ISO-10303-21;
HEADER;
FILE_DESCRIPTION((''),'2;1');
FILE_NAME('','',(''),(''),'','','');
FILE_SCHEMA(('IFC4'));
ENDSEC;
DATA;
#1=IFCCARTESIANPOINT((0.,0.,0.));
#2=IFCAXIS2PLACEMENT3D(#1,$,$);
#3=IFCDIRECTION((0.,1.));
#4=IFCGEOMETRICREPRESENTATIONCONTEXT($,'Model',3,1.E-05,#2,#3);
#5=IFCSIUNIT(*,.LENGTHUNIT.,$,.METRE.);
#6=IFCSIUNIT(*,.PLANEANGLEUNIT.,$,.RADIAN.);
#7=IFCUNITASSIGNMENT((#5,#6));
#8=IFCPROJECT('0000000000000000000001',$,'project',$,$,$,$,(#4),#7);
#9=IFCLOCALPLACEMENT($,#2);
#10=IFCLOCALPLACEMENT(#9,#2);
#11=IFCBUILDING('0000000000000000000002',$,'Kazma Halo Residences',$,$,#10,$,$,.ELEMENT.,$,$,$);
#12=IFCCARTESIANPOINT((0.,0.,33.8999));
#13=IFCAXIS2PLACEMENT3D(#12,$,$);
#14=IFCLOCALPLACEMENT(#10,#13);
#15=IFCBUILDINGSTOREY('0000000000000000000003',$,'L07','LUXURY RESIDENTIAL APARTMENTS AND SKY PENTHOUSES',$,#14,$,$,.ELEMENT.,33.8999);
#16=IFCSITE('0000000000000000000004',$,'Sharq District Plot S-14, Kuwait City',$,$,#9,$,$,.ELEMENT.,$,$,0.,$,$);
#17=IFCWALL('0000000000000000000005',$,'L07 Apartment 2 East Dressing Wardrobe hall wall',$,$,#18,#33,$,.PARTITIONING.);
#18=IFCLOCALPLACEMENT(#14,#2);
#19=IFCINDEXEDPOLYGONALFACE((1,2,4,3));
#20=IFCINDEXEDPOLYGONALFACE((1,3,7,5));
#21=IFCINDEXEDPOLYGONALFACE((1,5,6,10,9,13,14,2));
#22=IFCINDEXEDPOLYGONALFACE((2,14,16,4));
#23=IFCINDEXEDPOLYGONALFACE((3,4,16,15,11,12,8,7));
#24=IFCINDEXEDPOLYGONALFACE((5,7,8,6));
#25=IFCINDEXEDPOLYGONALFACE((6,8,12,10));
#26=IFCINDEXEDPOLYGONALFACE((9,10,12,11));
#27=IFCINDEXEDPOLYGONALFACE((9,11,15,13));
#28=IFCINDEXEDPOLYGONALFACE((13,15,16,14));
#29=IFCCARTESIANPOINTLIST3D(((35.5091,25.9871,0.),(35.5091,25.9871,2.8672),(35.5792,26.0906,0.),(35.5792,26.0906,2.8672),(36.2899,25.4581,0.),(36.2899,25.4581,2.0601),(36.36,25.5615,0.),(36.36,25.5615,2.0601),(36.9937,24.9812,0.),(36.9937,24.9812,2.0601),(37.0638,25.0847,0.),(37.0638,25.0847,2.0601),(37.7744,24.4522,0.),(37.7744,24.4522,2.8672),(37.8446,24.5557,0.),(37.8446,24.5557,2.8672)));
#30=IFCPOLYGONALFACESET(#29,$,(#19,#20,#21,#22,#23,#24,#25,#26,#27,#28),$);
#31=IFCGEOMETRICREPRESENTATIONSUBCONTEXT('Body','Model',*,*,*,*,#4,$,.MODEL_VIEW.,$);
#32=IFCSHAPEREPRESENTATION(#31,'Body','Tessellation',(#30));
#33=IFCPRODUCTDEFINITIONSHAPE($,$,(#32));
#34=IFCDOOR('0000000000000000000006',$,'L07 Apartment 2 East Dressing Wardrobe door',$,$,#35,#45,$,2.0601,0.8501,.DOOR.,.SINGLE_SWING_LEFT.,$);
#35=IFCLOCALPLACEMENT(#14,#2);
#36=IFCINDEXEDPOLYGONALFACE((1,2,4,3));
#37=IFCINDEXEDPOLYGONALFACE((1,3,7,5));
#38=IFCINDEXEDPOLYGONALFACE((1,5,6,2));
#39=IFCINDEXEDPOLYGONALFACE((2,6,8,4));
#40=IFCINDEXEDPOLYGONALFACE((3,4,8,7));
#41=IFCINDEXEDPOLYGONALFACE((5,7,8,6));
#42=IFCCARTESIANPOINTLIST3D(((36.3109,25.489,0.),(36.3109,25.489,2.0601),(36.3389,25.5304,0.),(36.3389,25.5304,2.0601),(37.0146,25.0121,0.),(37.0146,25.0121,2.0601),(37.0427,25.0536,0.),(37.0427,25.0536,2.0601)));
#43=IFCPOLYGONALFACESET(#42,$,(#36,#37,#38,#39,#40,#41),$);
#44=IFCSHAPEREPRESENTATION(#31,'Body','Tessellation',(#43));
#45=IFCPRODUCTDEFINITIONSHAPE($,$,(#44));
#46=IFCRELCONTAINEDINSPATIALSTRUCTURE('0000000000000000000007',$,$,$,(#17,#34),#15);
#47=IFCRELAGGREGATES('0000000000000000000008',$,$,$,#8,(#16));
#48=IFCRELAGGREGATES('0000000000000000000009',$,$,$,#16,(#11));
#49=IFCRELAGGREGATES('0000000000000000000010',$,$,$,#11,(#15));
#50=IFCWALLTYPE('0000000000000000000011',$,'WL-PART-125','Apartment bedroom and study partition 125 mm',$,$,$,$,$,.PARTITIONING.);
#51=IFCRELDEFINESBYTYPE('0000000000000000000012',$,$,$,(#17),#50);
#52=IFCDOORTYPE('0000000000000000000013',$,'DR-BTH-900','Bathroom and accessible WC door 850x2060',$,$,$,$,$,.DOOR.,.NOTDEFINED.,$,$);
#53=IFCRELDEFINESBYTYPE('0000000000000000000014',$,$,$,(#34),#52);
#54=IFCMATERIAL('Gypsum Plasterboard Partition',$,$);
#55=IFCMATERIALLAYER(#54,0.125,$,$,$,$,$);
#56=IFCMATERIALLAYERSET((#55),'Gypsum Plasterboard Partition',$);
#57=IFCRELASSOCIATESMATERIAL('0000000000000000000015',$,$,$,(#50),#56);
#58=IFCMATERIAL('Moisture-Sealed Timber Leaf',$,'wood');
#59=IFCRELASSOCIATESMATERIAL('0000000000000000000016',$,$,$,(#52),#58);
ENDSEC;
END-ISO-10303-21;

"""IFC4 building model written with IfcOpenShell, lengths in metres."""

from ifc_helpers import new_model, si_unit, direction, frame, frame_2d, origin, place, context, subcontext, project, spatial, rectangle, extrude, material, layer, layer_set, type_object, element, fill, save


model = new_model("IFC4")

# Units and contexts
model_context = context("Model", 3, precision=1e-05, world=origin(), true_north=direction((0.0, 1.0)))
body_context = subcontext(model_context, "Body", "Model", "MODEL_VIEW")
ifc_project = project(units=[si_unit("LENGTHUNIT", "METRE"), si_unit("PLANEANGLEUNIT", "RADIAN")], contexts=[model_context])

# Site, building, storey
site_placement = place(None, origin())
site = spatial("IfcSite", under=ifc_project, at=site_placement, Name="Sharq District Plot S-14, Kuwait City", CompositionType="ELEMENT", RefElevation=0.0)
building_placement = place(site_placement, origin())
building = spatial("IfcBuilding", under=site, at=building_placement, Name="Kazma Halo Residences", CompositionType="ELEMENT")
storey_placement = place(building_placement, frame((0.0, 0.0, 33.8999)))
storey = spatial("IfcBuildingStorey", under=building, at=storey_placement, Name="L07", Description="LUXURY RESIDENTIAL APARTMENTS AND SKY PENTHOUSES", CompositionType="ELEMENT", Elevation=33.8999)

# Shared definitions
ifc_material_1 = material(Name="Gypsum Plasterboard Partition")
ifc_layer_1 = layer(ifc_material_1, 0.125)
ifc_layer_set_1 = layer_set([ifc_layer_1], Name="Gypsum Plasterboard Partition")
wall_type_1 = type_object("IfcWallType", Name="WL-PART-125", Description="Apartment bedroom and study partition 125 mm", PredefinedType="PARTITIONING", material=ifc_layer_set_1)

# Shared definitions
ifc_material_2 = material(Name="Moisture-Sealed Timber Leaf", Category="wood")
door_type_1 = type_object("IfcDoorType", Name="DR-BTH-900", Description="Bathroom and accessible WC door 850x2060", OperationType="NOTDEFINED", PredefinedType="DOOR", material=ifc_material_2)

# Wall, opening, door
wall_1_placement = place(storey_placement, frame((35.5442, 26.0388, 0.0), z_axis=(0.0, 0.0, 1.0), x_axis=(0.827868, -0.560923, 0.0)))
wall_1 = element("IfcWall", 1, at=wall_1_placement, inside=storey, type_object=wall_type_1, Name="L07 Apartment 2 East Dressing Wardrobe hall wall", PredefinedType="PARTITIONING", context=body_context, shape_type="SweptSolid", body=[
    extrude(rectangle(XDim=2.7363, YDim=0.125, at=frame_2d((1.3682, 0.0))), origin(), (0.0, 0.0, 1.0), 2.8672),
])
opening_1_placement = place(wall_1_placement, frame((0.9431, 0.0, 0.0)))
opening_1 = element("IfcOpeningElement", 2, at=opening_1_placement, cuts=wall_1, PredefinedType="OPENING", context=body_context, shape_type="SweptSolid", body=[
    extrude(rectangle(XDim=0.8501, YDim=2.0601, at=frame_2d((0.425, 1.03))), frame((0.0, 0.0725, 0.0), z_axis=(0.0, -1.0, 0.0), x_axis=(1.0, 0.0, 0.0)), (0.0, 0.0, 1.0), 0.145),
])
door_1_placement = place(opening_1_placement, origin())
door_1 = element("IfcDoor", 3, at=door_1_placement, inside=storey, type_object=door_type_1, Name="L07 Apartment 2 East Dressing Wardrobe door", OperationType="SINGLE_SWING_LEFT", OverallHeight=2.0601, OverallWidth=0.8501, PredefinedType="DOOR", context=body_context, shape_type="SweptSolid", body=[
    extrude(rectangle(XDim=0.8501, YDim=2.0601, at=frame_2d((0.425, 1.03))), frame((0.0, 0.0249, 0.0), z_axis=(0.0, -1.0, 0.0), x_axis=(1.0, 0.0, 0.0)), (0.0, 0.0, 1.0), 0.05),
])
fill(opening_1, door_1)

save(model, "model.ifc")
